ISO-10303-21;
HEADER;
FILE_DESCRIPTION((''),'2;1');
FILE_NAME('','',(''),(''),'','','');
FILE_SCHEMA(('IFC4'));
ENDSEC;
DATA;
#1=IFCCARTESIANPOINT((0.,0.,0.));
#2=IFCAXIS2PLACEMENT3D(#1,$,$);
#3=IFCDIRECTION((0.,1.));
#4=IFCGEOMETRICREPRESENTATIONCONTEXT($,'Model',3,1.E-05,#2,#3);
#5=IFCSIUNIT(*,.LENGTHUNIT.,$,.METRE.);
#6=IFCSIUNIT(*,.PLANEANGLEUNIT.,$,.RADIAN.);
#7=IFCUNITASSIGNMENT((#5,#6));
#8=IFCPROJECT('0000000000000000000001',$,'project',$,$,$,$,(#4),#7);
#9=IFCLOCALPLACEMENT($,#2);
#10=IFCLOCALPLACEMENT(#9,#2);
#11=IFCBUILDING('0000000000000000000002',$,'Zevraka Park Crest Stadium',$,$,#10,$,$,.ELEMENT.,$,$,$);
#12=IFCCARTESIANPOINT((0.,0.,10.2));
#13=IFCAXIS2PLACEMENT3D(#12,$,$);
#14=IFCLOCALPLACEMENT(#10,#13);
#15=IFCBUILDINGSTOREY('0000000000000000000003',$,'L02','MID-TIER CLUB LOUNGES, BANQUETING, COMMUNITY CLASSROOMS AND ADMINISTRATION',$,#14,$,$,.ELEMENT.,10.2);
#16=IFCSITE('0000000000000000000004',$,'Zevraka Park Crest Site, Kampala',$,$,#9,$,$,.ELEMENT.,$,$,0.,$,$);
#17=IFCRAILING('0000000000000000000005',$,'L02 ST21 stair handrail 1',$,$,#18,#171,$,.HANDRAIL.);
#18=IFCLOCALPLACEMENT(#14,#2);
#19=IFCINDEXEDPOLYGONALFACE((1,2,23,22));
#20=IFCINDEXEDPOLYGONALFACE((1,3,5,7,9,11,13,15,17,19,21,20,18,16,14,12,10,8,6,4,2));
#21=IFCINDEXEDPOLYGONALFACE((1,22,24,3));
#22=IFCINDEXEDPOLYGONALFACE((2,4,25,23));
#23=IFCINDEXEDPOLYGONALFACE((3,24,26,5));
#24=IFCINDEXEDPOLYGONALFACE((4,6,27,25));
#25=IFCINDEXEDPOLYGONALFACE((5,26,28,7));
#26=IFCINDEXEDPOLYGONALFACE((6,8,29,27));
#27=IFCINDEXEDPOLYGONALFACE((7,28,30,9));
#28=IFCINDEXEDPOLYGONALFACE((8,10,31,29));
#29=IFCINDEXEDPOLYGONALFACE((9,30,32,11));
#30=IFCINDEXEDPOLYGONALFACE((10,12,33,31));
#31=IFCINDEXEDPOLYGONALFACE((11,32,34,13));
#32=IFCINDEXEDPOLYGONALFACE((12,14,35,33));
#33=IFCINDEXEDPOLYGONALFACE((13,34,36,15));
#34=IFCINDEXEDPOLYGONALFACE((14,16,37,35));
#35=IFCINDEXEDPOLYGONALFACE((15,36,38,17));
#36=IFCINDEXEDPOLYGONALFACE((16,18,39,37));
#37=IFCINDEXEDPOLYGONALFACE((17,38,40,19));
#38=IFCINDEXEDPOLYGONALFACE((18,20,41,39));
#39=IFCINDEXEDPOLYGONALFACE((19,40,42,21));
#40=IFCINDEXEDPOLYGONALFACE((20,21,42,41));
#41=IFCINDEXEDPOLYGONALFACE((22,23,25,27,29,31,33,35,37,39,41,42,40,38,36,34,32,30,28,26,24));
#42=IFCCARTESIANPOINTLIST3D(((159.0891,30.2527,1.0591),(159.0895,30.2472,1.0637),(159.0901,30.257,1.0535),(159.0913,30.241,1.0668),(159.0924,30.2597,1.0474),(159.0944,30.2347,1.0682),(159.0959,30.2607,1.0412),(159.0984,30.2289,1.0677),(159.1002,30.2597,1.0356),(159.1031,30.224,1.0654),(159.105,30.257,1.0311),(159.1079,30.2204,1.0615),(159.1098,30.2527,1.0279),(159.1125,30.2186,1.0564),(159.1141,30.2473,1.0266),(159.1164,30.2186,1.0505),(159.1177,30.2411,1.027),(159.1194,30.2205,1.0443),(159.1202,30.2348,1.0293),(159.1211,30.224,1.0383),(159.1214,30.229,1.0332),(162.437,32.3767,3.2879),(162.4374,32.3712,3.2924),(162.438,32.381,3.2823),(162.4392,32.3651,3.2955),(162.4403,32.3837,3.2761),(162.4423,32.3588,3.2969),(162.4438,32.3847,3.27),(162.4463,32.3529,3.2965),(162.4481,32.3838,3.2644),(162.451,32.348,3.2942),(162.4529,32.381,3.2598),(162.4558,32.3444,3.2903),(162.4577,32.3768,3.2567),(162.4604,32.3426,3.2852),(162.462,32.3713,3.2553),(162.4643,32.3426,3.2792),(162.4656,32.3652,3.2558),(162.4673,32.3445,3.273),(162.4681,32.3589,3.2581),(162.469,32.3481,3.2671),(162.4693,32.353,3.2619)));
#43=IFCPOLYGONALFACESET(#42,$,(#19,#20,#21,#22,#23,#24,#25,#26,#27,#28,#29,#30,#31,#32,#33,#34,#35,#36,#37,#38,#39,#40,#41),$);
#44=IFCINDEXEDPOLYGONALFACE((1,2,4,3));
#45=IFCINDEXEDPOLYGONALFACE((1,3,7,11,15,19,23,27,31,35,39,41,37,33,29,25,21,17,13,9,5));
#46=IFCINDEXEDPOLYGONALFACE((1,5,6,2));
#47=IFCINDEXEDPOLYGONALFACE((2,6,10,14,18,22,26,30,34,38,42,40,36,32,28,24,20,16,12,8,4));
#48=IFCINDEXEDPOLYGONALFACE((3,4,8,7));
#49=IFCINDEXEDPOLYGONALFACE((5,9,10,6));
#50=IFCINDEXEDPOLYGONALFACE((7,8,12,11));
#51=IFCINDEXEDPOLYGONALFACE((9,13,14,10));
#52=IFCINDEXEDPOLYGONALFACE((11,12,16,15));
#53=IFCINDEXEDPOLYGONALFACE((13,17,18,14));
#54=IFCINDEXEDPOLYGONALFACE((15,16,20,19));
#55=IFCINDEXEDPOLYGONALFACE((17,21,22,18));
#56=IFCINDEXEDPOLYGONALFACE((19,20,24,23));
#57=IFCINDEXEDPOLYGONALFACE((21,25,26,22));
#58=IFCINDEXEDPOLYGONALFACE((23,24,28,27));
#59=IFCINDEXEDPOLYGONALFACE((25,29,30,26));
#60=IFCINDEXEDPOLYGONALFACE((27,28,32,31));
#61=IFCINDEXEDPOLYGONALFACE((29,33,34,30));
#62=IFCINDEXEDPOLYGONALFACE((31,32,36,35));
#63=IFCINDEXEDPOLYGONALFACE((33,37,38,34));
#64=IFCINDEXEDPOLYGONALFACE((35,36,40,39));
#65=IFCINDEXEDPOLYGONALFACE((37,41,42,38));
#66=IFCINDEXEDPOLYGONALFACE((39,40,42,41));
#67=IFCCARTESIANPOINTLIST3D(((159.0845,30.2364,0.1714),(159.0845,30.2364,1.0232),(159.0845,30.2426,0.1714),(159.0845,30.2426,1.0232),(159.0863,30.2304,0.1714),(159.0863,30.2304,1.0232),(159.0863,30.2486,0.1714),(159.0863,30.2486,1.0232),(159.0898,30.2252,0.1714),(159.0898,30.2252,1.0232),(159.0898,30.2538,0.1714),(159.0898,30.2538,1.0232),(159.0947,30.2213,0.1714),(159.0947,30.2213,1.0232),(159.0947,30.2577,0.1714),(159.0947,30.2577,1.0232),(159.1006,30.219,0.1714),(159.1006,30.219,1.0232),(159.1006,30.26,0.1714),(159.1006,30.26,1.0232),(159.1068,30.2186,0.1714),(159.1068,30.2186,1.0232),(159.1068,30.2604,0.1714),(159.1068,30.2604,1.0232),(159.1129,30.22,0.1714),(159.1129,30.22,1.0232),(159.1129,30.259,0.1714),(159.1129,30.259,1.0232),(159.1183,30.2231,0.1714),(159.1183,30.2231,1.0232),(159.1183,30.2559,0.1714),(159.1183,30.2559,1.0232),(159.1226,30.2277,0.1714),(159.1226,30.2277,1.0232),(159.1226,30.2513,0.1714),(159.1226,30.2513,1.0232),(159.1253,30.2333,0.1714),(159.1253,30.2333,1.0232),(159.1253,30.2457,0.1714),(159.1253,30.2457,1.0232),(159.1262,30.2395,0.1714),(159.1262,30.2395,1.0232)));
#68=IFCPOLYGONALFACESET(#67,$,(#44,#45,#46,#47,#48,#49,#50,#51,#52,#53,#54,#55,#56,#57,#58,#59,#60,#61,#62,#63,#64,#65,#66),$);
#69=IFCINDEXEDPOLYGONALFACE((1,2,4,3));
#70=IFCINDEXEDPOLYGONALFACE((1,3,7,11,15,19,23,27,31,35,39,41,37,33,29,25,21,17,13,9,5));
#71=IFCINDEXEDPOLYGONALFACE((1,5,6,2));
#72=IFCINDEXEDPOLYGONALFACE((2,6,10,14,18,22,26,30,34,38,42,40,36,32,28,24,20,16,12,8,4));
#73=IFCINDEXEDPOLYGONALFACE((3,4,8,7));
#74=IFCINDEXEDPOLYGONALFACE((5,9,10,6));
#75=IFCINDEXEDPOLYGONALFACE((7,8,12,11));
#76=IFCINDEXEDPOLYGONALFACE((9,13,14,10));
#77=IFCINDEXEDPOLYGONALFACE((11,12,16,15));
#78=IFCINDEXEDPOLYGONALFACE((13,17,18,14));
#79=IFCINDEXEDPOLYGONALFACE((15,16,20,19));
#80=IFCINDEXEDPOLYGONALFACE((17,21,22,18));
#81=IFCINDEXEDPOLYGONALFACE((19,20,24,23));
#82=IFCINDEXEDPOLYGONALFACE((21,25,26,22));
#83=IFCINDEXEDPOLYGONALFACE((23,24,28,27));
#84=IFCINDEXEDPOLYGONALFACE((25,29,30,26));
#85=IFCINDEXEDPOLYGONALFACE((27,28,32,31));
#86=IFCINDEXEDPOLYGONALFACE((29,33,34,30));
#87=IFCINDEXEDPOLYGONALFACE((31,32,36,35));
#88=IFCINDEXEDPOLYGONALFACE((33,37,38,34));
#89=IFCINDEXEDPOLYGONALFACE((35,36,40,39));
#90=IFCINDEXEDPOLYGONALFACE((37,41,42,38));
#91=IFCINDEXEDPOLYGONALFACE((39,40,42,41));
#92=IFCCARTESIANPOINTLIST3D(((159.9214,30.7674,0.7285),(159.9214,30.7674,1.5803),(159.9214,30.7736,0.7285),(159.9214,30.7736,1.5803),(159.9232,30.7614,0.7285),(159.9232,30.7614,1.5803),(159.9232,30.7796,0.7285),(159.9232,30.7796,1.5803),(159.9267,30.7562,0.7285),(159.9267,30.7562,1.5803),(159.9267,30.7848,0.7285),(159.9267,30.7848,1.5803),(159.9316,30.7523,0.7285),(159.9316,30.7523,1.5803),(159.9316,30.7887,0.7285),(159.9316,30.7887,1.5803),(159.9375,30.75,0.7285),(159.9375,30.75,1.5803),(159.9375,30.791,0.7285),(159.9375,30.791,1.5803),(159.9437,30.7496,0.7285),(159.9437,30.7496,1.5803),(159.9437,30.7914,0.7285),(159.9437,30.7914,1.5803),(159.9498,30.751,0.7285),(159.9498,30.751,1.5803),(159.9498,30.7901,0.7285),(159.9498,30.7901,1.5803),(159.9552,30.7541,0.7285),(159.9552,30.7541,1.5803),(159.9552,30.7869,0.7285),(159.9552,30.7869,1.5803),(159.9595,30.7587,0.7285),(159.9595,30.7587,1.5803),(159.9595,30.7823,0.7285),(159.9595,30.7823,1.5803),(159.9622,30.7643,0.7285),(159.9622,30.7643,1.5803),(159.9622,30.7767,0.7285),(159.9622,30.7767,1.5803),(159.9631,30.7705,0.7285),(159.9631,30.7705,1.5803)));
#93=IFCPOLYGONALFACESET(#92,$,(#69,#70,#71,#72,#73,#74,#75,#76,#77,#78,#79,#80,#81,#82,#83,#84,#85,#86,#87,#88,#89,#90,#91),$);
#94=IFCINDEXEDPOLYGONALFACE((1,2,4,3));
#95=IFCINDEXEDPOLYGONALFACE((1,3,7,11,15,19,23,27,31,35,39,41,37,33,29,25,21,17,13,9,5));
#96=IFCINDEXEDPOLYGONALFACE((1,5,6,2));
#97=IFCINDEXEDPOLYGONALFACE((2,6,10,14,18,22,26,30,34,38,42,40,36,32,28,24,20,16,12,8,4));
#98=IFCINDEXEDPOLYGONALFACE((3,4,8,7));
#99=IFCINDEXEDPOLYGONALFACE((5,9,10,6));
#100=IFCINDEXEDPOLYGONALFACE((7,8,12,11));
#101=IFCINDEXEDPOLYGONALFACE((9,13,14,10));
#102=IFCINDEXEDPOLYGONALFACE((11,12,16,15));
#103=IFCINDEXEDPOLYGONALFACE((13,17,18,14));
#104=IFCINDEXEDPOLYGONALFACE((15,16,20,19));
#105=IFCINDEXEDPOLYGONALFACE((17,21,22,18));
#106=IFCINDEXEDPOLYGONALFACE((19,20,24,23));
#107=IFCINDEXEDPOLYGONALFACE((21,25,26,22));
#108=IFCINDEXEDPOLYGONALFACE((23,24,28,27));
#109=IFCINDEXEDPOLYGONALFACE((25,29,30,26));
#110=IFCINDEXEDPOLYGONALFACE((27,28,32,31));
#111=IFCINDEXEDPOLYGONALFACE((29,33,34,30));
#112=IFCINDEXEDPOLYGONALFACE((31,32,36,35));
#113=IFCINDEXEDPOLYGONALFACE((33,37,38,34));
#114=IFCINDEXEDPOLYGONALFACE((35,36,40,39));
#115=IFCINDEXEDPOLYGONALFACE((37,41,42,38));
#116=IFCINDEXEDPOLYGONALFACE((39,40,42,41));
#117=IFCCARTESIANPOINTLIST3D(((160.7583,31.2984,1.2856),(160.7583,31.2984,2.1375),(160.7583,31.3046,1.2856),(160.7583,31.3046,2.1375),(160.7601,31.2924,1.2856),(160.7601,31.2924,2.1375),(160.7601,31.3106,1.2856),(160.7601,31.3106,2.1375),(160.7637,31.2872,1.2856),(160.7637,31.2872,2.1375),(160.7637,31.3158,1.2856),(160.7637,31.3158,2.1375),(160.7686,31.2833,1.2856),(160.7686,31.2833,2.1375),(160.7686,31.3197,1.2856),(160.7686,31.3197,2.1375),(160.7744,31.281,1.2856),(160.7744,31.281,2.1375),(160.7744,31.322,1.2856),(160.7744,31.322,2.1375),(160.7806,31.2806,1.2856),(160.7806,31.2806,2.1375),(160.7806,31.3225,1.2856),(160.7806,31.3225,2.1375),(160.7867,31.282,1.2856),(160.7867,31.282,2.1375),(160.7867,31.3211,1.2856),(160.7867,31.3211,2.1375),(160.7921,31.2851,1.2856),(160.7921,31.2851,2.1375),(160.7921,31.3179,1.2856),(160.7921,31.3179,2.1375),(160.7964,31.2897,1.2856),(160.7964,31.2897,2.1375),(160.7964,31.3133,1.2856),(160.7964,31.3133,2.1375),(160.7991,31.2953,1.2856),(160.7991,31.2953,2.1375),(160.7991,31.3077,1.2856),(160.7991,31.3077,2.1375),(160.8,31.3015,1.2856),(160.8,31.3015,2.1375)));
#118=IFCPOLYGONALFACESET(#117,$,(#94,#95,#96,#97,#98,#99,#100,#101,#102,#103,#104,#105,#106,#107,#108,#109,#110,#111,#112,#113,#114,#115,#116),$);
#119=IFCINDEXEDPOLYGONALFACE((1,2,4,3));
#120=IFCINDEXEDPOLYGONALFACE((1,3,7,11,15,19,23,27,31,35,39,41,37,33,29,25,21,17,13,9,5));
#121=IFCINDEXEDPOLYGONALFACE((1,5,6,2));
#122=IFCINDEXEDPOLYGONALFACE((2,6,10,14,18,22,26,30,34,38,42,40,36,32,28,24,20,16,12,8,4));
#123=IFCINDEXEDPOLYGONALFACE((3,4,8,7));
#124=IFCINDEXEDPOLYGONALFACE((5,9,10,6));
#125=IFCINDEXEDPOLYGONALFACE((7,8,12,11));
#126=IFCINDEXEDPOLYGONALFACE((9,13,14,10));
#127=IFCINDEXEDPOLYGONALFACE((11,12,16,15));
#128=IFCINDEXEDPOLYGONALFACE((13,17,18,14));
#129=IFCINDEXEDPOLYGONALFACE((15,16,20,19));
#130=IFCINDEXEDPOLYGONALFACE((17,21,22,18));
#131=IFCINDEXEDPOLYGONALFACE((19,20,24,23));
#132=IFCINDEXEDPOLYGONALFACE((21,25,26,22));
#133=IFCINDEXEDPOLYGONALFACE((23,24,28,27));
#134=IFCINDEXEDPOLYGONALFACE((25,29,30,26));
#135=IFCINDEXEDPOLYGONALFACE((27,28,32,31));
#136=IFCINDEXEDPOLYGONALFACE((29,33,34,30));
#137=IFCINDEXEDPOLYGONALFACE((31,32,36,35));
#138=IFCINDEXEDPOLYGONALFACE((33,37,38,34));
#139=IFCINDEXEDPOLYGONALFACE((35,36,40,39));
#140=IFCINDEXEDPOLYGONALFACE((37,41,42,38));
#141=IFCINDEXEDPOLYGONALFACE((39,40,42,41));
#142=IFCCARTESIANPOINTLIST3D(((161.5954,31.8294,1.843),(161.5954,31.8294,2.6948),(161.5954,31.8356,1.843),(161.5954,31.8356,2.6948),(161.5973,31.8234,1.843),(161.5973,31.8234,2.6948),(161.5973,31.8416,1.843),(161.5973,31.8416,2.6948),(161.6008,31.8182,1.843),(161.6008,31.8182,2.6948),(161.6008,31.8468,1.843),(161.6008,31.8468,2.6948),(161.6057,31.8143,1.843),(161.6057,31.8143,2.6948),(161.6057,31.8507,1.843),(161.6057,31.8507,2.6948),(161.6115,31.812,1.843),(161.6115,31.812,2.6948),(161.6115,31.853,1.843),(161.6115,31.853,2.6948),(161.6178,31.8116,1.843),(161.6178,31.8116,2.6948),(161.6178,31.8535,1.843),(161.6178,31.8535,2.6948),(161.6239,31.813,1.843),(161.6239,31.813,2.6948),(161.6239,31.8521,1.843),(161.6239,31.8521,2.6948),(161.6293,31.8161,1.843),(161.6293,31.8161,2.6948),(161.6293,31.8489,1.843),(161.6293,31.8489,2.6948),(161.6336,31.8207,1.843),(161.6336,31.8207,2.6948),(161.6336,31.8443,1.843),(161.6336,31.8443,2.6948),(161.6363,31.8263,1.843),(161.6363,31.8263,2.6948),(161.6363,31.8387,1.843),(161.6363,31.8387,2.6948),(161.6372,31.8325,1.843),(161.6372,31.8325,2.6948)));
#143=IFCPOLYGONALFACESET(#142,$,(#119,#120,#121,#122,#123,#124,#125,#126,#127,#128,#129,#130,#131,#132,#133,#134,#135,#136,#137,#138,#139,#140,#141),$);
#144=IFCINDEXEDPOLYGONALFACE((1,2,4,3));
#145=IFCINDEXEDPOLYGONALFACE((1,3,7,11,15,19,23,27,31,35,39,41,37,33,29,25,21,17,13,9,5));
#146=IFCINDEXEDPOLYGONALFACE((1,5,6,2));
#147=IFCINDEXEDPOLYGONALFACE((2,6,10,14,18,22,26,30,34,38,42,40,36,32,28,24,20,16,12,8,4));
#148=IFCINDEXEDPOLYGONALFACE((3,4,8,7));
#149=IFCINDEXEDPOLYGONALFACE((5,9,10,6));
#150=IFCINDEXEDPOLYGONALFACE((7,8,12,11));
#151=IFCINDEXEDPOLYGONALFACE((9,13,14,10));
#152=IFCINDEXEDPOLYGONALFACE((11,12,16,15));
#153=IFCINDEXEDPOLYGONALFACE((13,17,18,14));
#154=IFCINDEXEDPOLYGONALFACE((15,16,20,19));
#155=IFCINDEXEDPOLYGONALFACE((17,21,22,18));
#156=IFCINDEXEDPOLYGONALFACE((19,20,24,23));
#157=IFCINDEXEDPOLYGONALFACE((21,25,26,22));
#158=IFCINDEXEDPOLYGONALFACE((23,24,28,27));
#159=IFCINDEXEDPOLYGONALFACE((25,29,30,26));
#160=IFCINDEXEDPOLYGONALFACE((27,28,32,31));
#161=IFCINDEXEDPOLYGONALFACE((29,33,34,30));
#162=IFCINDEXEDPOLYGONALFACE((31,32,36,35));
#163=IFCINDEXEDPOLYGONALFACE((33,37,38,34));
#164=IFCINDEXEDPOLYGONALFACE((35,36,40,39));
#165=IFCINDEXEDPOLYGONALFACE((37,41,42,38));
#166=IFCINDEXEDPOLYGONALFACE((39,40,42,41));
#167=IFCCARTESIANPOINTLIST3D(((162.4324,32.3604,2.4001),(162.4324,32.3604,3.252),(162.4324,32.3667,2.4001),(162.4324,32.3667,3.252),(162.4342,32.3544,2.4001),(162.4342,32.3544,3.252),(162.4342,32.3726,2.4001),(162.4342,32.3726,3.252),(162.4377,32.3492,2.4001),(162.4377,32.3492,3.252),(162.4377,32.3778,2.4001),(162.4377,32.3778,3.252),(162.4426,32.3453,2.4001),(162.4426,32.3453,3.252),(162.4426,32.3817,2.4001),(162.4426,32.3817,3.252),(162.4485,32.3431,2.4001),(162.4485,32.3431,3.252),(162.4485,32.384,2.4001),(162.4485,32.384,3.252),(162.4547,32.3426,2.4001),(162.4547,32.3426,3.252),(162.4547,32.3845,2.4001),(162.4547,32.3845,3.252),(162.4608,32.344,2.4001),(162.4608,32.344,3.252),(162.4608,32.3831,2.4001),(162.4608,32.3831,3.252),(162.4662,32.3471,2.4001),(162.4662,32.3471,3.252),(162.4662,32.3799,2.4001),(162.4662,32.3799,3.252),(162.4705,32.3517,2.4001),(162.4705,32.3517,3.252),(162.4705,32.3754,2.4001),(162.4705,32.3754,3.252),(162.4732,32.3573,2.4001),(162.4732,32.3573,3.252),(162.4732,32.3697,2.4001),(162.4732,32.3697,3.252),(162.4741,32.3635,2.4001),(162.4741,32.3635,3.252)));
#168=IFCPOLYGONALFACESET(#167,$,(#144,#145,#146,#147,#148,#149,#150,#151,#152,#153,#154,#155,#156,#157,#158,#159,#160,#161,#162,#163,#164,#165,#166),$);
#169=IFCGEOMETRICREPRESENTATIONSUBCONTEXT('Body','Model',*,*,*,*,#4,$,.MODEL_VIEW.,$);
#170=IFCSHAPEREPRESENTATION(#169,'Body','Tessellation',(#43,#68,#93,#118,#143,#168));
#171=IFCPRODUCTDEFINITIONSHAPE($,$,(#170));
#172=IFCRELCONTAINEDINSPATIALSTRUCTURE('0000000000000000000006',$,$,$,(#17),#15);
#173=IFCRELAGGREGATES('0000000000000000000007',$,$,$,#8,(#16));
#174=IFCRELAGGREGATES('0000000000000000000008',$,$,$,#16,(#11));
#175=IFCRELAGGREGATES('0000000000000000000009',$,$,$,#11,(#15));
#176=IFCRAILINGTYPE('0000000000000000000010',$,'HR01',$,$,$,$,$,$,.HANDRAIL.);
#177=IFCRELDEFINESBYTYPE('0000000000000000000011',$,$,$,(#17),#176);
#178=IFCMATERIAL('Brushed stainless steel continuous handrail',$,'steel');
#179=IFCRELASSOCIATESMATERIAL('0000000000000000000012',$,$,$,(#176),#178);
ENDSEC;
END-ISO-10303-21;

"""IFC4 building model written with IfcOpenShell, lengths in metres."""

from ifc_helpers import new_model, si_unit, direction, frame, origin, origin_2d, place, context, subcontext, project, spatial, circle, extrude, material, type_object, element, save


model = new_model("IFC4")

# Units and contexts
model_context = context("Model", 3, precision=1e-05, world=origin(), true_north=direction((0.0, 1.0)))
body_context = subcontext(model_context, "Body", "Model", "MODEL_VIEW")
ifc_project = project(units=[si_unit("LENGTHUNIT", "METRE"), si_unit("PLANEANGLEUNIT", "RADIAN")], contexts=[model_context])

# Site, building, storey
site_placement = place(None, origin())
site = spatial("IfcSite", under=ifc_project, at=site_placement, Name="Zevraka Park Crest Site, Kampala", CompositionType="ELEMENT", RefElevation=0.0)
building_placement = place(site_placement, origin())
building = spatial("IfcBuilding", under=site, at=building_placement, Name="Zevraka Park Crest Stadium", CompositionType="ELEMENT")
storey_placement = place(building_placement, frame((0.0, 0.0, 10.2)))
storey = spatial("IfcBuildingStorey", under=building, at=storey_placement, Name="L02", Description="MID-TIER CLUB LOUNGES, BANQUETING, COMMUNITY CLASSROOMS AND ADMINISTRATION", CompositionType="ELEMENT", Elevation=10.2)

# Railing
ifc_material_1 = material(Name="Brushed stainless steel continuous handrail", Category="steel")
railing_type_1 = type_object("IfcRailingType", Name="HR01", PredefinedType="HANDRAIL", material=ifc_material_1)
railing_1_placement = place(storey_placement, frame((159.1052, 30.2395, 0.1714)))
element("IfcRailing", 1, at=railing_1_placement, inside=storey, type_object=railing_type_1, Name="L02 ST21 stair handrail 1", PredefinedType="HANDRAIL", context=body_context, shape_type="SweptSolid", body=[
    extrude(circle(Radius=0.0239, at=origin_2d()), frame((0.0, 0.0, 0.876), z_axis=(0.736073, 0.46699, 0.490017), x_axis=(-0.535716, 0.844399, 0.0)), (0.0, 0.0, 1.0), 4.5483),
    extrude(circle(Radius=0.021, at=origin_2d()), origin(), (0.0, 0.0, 1.0), 0.8518),
    extrude(circle(Radius=0.021, at=origin_2d()), frame((0.8369, 0.531, 0.5571)), (0.0, 0.0, 1.0), 0.8518),
    extrude(circle(Radius=0.021, at=origin_2d()), frame((1.6738, 1.062, 1.1143)), (0.0, 0.0, 1.0), 0.8518),
    extrude(circle(Radius=0.021, at=origin_2d()), frame((2.511, 1.593, 1.6716)), (0.0, 0.0, 1.0), 0.8518),
    extrude(circle(Radius=0.021, at=origin_2d()), frame((3.3479, 2.124, 2.2288)), (0.0, 0.0, 1.0), 0.8518),
])

save(model, "model.ifc")
